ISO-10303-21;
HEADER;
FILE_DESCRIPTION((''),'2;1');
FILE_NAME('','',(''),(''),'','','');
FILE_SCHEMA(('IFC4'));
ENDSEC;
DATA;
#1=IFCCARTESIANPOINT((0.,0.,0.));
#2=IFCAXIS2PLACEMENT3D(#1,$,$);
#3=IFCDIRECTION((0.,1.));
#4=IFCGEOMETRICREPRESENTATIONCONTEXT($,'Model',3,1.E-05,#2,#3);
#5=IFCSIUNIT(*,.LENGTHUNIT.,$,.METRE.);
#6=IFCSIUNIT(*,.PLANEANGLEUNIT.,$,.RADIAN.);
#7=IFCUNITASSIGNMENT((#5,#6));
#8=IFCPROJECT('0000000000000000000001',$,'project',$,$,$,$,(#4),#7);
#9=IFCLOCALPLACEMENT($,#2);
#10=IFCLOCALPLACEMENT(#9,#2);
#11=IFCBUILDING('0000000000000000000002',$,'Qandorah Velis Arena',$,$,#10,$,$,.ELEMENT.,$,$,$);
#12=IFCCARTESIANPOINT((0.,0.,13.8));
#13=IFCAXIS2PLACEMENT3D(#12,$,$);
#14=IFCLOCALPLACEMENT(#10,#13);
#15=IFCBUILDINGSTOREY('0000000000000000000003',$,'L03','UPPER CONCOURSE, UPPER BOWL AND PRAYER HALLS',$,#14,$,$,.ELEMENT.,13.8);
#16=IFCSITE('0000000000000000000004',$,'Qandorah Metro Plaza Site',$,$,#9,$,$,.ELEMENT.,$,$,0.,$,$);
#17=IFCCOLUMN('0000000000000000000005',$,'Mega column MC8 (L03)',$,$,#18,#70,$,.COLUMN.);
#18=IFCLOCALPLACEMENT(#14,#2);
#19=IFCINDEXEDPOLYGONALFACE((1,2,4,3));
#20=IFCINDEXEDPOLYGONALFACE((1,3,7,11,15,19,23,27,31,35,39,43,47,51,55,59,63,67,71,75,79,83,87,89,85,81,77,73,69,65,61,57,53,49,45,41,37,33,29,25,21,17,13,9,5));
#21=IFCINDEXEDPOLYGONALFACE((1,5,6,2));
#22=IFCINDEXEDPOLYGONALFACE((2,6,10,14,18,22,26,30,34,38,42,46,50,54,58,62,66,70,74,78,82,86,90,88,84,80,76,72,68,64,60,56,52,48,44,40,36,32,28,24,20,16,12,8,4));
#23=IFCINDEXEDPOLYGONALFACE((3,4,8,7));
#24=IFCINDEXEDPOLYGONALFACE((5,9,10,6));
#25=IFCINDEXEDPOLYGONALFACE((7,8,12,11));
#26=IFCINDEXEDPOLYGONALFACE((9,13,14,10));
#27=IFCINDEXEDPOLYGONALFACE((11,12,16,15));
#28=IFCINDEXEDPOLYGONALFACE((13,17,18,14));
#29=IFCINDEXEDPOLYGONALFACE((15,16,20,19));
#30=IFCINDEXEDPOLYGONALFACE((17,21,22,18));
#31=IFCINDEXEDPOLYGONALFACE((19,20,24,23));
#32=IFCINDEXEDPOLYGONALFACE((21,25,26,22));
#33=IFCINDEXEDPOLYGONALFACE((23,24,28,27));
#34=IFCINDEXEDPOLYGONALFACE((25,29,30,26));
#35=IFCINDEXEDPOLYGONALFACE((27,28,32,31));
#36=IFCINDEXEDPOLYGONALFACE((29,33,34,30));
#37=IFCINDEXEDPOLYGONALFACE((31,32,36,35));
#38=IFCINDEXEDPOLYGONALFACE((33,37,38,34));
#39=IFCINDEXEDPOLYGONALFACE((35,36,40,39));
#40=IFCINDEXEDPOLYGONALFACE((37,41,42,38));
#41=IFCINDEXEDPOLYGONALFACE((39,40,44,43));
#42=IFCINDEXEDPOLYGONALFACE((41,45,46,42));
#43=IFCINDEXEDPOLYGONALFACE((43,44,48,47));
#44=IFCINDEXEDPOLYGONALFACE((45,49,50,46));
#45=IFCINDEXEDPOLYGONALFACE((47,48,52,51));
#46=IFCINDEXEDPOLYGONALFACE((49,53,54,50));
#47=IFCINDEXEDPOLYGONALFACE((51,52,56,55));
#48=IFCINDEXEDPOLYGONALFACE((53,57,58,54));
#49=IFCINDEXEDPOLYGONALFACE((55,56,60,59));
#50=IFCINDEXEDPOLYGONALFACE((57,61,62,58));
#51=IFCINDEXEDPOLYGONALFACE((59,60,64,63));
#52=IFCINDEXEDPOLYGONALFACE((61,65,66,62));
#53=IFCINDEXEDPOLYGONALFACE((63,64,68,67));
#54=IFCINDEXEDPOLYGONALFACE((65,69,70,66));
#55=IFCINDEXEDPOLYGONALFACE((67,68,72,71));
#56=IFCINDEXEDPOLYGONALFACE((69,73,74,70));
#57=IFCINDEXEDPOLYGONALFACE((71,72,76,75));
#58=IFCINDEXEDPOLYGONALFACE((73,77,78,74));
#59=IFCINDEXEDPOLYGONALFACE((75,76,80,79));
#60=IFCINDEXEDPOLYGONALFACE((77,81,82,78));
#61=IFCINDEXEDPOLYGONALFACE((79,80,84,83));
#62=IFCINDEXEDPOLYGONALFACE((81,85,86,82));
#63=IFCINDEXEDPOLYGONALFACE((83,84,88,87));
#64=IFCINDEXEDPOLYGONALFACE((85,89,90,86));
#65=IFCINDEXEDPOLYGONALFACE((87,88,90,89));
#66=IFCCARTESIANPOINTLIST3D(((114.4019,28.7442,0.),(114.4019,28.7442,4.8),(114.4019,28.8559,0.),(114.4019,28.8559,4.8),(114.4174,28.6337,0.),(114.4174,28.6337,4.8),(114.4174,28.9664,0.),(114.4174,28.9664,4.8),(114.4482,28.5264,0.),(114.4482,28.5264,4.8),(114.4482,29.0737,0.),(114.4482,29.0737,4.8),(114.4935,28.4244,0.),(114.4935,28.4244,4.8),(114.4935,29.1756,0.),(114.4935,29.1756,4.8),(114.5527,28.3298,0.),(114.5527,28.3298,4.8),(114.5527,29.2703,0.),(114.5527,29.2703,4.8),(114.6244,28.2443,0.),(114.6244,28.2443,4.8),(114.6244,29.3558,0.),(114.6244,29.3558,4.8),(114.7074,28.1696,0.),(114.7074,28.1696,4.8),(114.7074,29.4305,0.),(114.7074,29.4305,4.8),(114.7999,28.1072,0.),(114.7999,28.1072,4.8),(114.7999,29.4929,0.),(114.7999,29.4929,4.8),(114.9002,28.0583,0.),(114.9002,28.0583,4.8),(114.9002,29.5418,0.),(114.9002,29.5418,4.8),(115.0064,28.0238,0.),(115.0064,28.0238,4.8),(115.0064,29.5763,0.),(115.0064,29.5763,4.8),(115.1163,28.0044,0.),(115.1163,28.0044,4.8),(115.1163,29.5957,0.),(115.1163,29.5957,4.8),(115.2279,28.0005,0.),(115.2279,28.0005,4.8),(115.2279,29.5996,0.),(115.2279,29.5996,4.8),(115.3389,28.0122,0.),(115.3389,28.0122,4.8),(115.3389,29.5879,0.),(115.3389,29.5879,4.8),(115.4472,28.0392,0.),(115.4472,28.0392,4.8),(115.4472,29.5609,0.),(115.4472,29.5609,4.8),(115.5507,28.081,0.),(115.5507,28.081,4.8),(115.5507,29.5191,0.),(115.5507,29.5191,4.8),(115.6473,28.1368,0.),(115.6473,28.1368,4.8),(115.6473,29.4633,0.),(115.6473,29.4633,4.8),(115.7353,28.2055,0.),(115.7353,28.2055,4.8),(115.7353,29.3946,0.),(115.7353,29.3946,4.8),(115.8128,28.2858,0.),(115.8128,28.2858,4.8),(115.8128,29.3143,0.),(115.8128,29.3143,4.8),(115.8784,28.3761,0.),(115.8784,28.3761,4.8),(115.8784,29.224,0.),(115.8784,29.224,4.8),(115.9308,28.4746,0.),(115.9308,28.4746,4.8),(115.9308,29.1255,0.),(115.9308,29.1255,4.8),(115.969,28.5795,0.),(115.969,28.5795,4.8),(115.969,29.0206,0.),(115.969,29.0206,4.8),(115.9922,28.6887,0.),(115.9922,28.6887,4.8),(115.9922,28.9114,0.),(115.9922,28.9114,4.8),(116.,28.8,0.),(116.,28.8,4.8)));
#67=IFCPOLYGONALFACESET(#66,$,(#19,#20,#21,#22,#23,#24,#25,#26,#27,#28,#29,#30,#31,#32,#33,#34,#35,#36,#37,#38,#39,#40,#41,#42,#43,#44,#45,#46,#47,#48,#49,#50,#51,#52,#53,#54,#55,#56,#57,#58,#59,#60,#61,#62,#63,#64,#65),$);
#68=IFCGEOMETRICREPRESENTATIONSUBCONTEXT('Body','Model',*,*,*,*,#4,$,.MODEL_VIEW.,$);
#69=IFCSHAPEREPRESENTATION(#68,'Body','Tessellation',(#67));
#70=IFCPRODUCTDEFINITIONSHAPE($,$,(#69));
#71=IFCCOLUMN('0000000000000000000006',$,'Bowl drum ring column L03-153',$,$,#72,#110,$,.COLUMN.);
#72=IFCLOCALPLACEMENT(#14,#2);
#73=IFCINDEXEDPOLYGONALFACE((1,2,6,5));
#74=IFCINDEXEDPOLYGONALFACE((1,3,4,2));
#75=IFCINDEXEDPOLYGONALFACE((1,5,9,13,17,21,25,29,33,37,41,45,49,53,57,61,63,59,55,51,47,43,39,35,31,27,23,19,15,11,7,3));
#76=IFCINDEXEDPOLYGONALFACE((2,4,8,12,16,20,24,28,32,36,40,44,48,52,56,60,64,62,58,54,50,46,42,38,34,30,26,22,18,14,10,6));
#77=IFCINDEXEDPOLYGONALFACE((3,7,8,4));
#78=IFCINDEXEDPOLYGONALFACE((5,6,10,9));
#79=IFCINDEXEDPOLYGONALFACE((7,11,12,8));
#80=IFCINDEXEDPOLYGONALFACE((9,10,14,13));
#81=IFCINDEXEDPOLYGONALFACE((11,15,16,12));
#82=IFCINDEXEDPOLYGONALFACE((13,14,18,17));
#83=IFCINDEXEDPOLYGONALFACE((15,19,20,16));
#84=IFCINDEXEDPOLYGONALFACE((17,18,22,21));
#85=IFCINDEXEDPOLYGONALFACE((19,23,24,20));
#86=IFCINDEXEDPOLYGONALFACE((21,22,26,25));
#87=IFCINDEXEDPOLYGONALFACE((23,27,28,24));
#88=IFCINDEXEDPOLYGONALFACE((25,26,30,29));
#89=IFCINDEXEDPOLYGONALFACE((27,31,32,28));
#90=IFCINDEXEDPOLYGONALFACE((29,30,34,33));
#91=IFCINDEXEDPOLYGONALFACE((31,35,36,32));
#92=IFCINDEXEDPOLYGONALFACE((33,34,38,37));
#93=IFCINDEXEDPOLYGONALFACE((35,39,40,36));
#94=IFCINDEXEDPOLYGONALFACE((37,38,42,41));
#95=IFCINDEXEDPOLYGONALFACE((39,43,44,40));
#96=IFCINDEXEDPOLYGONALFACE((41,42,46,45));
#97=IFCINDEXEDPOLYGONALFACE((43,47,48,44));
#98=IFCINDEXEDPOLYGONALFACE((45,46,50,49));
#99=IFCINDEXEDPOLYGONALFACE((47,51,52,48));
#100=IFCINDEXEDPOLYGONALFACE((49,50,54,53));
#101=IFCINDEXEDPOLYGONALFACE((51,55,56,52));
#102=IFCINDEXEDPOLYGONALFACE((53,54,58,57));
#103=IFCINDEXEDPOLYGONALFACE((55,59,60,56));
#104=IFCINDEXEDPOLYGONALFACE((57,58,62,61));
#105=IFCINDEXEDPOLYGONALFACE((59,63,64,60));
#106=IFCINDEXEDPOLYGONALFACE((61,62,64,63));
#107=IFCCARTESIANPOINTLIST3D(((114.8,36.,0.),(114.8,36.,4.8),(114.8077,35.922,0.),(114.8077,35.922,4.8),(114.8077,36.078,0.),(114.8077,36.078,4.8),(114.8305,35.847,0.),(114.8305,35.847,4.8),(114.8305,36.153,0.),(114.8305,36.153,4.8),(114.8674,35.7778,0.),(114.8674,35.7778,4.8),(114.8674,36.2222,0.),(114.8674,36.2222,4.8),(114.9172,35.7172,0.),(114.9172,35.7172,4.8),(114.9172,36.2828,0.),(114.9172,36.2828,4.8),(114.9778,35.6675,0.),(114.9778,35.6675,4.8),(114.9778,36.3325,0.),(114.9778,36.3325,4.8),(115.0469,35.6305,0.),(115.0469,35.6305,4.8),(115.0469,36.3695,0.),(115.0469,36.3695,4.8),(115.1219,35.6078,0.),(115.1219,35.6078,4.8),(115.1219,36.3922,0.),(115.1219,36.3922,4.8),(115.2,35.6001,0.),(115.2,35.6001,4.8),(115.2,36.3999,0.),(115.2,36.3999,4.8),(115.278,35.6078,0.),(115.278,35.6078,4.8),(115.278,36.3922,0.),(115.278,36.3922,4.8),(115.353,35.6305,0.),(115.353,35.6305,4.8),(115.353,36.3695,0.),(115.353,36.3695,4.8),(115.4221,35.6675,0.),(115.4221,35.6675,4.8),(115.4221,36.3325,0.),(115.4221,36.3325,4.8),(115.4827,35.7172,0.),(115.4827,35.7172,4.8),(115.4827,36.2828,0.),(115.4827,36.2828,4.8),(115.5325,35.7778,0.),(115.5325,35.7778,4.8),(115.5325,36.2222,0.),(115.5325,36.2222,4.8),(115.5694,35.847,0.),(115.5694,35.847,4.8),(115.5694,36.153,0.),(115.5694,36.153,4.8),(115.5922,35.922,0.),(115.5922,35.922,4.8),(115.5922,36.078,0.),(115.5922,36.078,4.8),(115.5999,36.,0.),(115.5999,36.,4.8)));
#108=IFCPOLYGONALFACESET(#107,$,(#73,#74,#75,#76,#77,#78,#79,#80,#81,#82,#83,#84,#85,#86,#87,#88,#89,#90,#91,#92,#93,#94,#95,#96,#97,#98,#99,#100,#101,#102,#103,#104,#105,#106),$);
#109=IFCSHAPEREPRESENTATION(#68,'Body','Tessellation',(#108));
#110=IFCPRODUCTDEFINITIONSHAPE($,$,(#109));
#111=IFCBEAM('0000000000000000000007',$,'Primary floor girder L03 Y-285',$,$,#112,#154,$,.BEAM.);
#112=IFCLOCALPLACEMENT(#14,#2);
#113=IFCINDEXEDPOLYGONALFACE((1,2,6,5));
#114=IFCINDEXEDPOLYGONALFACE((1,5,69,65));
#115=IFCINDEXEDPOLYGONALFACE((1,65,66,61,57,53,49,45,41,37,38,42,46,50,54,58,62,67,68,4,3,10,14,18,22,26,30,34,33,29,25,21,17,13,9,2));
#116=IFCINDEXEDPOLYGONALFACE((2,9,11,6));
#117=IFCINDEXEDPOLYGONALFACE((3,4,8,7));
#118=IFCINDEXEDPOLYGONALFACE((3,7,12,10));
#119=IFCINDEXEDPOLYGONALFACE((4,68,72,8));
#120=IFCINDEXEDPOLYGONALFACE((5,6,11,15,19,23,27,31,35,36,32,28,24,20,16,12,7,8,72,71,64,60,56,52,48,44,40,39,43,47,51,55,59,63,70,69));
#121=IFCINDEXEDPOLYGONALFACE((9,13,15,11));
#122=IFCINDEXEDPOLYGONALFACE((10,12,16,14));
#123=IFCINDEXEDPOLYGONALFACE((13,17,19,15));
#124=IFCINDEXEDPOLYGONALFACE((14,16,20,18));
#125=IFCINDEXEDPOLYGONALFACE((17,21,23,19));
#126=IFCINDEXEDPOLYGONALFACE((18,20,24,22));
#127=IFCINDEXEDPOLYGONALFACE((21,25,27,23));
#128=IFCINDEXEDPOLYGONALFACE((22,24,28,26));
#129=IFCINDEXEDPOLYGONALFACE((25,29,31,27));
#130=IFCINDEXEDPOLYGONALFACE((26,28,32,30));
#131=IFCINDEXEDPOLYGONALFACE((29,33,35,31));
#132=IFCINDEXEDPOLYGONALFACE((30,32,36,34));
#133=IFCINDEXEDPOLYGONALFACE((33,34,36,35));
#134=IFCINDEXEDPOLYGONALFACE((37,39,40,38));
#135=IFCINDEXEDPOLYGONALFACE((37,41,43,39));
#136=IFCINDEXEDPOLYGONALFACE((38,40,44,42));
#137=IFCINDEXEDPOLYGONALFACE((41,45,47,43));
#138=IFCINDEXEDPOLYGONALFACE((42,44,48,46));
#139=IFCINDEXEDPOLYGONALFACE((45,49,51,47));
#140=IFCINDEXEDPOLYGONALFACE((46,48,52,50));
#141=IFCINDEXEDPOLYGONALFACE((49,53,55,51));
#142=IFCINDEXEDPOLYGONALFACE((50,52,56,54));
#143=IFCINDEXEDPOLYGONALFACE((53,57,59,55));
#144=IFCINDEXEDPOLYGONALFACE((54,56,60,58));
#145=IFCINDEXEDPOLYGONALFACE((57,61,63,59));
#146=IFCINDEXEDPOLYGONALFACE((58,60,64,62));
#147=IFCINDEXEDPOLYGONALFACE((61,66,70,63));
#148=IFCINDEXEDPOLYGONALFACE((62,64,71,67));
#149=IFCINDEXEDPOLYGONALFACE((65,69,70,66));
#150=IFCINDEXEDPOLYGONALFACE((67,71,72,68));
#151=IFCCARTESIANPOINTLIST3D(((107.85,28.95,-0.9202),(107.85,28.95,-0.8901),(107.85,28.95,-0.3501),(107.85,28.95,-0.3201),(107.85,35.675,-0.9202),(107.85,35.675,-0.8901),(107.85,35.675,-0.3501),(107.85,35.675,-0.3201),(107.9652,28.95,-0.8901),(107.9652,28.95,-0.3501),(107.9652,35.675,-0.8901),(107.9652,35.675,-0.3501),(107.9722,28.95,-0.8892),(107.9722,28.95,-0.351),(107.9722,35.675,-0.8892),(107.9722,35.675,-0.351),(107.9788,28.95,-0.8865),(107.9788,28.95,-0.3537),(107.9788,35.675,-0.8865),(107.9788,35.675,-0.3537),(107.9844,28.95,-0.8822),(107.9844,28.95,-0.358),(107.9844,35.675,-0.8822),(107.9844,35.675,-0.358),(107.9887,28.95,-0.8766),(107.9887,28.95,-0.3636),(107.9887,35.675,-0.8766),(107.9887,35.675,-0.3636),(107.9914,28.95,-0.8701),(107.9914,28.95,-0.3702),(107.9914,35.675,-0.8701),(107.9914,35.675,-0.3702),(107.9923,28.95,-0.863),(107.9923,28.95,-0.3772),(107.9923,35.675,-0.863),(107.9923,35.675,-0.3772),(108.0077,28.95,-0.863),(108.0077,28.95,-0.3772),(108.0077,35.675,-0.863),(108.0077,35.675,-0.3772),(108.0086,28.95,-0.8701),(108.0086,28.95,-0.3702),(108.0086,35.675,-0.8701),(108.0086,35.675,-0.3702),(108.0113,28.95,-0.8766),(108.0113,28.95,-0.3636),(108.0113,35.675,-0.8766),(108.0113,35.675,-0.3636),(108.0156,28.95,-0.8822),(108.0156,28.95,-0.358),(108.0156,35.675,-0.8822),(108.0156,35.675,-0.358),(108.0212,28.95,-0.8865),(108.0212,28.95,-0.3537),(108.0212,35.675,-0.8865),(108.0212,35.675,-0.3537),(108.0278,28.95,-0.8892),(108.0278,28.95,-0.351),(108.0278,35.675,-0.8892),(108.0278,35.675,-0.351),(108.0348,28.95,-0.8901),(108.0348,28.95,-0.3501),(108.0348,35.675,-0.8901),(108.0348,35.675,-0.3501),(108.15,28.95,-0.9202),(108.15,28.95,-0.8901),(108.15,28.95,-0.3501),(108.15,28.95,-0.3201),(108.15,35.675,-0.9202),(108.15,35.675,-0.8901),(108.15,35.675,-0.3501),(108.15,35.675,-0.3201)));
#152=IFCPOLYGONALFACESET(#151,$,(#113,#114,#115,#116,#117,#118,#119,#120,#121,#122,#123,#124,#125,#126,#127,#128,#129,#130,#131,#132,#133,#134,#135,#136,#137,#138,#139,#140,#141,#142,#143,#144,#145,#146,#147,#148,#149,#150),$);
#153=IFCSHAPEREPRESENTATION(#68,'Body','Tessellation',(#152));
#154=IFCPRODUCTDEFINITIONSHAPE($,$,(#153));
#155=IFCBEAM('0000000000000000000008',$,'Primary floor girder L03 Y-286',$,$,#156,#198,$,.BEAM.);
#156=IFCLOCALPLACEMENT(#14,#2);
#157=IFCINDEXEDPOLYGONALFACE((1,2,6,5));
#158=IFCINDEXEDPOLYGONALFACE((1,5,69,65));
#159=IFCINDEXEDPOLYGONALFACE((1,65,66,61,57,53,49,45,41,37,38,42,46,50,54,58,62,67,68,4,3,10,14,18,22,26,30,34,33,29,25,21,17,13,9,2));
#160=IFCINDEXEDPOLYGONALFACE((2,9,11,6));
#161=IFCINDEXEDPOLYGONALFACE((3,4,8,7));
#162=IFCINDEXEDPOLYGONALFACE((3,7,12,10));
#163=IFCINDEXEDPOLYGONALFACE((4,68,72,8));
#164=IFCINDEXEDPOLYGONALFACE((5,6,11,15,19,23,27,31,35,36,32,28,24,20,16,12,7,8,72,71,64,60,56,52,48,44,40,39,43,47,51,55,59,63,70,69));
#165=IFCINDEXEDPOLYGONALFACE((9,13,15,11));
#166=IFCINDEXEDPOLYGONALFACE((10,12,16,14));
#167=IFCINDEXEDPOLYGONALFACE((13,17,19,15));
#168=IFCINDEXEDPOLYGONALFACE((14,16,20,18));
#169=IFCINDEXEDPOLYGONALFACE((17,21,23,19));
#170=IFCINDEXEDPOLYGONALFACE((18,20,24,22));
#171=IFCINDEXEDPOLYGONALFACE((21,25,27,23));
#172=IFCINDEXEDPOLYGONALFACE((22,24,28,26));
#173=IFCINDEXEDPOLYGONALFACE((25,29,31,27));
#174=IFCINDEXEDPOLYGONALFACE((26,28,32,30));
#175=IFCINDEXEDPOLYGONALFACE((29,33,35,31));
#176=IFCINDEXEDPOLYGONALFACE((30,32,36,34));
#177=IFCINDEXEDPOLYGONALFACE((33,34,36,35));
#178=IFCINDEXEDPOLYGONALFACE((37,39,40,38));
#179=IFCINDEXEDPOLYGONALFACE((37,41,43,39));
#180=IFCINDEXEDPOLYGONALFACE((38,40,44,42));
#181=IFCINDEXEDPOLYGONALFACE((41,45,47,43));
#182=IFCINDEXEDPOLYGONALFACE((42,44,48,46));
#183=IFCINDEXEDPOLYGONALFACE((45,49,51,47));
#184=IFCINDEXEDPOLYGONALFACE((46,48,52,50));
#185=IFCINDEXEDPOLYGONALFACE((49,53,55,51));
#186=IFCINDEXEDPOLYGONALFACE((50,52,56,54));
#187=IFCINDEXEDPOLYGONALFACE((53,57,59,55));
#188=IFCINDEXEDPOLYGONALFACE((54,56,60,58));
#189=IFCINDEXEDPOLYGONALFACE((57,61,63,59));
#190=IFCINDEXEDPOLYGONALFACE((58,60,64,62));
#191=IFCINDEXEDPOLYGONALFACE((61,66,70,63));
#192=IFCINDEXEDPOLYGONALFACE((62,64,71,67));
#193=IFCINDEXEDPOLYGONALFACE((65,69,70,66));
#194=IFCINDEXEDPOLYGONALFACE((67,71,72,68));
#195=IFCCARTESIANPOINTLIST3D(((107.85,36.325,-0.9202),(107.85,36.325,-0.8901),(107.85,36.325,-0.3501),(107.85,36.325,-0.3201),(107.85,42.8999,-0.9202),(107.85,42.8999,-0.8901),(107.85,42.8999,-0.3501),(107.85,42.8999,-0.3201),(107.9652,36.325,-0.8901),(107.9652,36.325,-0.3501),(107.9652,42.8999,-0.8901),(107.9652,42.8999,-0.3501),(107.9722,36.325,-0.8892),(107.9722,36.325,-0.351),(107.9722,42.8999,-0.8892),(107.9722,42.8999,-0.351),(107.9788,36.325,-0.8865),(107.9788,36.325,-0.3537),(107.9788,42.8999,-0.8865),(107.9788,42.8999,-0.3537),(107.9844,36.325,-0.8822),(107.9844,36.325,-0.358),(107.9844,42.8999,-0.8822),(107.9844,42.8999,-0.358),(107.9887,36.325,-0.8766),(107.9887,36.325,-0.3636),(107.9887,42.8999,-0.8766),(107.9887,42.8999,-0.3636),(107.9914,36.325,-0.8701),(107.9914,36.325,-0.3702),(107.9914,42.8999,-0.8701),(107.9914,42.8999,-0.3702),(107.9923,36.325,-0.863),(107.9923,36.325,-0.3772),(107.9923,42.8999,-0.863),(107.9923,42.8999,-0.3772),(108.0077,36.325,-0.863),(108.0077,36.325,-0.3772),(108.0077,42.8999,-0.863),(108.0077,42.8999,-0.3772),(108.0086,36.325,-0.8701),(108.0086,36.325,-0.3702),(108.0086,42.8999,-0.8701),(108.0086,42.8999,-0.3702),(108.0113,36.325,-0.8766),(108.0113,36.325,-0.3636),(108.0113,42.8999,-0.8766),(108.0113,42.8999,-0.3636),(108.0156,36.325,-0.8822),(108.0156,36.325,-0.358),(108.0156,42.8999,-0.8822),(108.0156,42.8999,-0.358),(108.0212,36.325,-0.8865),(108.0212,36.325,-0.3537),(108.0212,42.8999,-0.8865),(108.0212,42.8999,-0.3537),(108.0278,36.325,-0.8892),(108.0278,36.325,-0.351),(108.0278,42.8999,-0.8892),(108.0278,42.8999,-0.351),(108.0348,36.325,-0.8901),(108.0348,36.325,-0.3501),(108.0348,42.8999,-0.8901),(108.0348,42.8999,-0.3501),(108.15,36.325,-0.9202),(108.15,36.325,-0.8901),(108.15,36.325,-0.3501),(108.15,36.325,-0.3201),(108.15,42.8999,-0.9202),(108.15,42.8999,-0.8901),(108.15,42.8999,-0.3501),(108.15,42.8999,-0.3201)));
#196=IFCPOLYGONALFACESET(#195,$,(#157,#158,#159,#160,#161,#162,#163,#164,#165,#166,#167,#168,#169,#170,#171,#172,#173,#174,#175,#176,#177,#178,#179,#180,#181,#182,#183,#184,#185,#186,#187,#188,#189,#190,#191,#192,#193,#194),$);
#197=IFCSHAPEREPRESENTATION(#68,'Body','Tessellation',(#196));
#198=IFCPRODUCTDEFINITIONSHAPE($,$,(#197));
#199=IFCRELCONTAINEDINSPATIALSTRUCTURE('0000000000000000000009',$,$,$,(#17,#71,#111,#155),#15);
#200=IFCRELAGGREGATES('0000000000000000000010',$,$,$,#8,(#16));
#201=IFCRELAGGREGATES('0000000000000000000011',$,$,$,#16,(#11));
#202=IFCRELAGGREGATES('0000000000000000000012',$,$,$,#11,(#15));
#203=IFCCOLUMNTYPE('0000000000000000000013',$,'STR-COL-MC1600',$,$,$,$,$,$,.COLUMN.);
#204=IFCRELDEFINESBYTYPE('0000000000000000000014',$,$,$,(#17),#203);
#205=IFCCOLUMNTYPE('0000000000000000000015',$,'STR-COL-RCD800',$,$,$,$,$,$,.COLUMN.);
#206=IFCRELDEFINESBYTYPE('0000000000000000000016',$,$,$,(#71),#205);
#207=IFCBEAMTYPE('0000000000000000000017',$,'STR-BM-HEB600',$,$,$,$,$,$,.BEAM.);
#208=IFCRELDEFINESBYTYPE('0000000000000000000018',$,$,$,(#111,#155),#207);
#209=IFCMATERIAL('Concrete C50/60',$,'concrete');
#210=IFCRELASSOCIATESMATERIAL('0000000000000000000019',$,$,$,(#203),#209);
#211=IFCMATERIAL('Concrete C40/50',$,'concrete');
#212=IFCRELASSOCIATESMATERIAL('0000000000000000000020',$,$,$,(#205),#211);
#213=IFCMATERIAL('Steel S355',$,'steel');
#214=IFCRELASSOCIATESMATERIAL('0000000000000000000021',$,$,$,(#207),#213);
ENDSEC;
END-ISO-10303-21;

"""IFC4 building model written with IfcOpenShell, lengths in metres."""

from ifc_helpers import new_model, si_unit, direction, frame, origin, origin_2d, place, context, subcontext, project, spatial, circle, i_section, extrude, material, material_profile, profile_set, type_object, element, save


model = new_model("IFC4")

# Units and contexts
model_context = context("Model", 3, precision=1e-05, world=origin(), true_north=direction((0.0, 1.0)))
body_context = subcontext(model_context, "Body", "Model", "MODEL_VIEW")
ifc_project = project(units=[si_unit("LENGTHUNIT", "METRE"), si_unit("PLANEANGLEUNIT", "RADIAN")], contexts=[model_context])

# Site, building, storey
site_placement = place(None, origin())
site = spatial("IfcSite", under=ifc_project, at=site_placement, Name="Qandorah Metro Plaza Site", CompositionType="ELEMENT", RefElevation=0.0)
building_placement = place(site_placement, origin())
building = spatial("IfcBuilding", under=site, at=building_placement, Name="Qandorah Velis Arena", CompositionType="ELEMENT")
storey_placement = place(building_placement, frame((0.0, 0.0, 13.8)))
storey = spatial("IfcBuildingStorey", under=building, at=storey_placement, Name="L03", Description="UPPER CONCOURSE, UPPER BOWL AND PRAYER HALLS", CompositionType="ELEMENT", Elevation=13.8)

# Columns
ifc_material_1 = material(Name="Concrete C50/60", Category="concrete")
ifc_material_profile_1 = material_profile(ifc_material_1, circle(Radius=0.8, at=origin_2d()), Name="MC D1600")
ifc_profile_set_1 = profile_set([ifc_material_profile_1], Name="Concrete C50/60")
column_type_1 = type_object("IfcColumnType", Name="STR-COL-MC1600", PredefinedType="COLUMN", material=ifc_profile_set_1)
column_1_placement = place(storey_placement, frame((115.2, 28.8, 0.0), z_axis=(0.0, 0.0, 1.0), x_axis=(1.0, 0.0, 0.0)))
element("IfcColumn", 1, at=column_1_placement, inside=storey, type_object=column_type_1, Name="Mega column MC8 (L03)", PredefinedType="COLUMN", context=body_context, shape_type="SweptSolid", body=[
    extrude(circle(Radius=0.8, at=origin_2d()), origin(), (0.0, 0.0, 1.0), 4.8),
])
ifc_material_2 = material(Name="Concrete C40/50", Category="concrete")
ifc_material_profile_2 = material_profile(ifc_material_2, circle(Radius=0.3999, at=origin_2d()), Name="RC D800")
ifc_profile_set_2 = profile_set([ifc_material_profile_2], Name="Concrete C40/50")
column_type_2 = type_object("IfcColumnType", Name="STR-COL-RCD800", PredefinedType="COLUMN", material=ifc_profile_set_2)
column_2_placement = place(storey_placement, frame((115.2, 36.0, 0.0), z_axis=(0.0, 0.0, 1.0), x_axis=(1.0, 0.0, 0.0)))
element("IfcColumn", 2, at=column_2_placement, inside=storey, type_object=column_type_2, Name="Bowl drum ring column L03-153", PredefinedType="COLUMN", context=body_context, shape_type="SweptSolid", body=[
    extrude(circle(Radius=0.3999, at=origin_2d()), origin(), (0.0, 0.0, 1.0), 4.8),
])

# Beams
ifc_material_3 = material(Name="Steel S355", Category="steel")
ifc_material_profile_3 = material_profile(ifc_material_3, i_section(OverallWidth=0.3, OverallDepth=0.6001, WebThickness=0.0154, FlangeThickness=0.03, FilletRadius=0.0271, at=origin_2d()), Name="HEB 600")
ifc_profile_set_3 = profile_set([ifc_material_profile_3], Name="Steel S355")
beam_type_1 = type_object("IfcBeamType", Name="STR-BM-HEB600", PredefinedType="BEAM", material=ifc_profile_set_3)
beam_1_placement = place(storey_placement, frame((108.0, 28.95, -0.6201), z_axis=(0.0, 1.0, 0.0), x_axis=(-1.0, 0.0, 0.0)))
element("IfcBeam", 3, at=beam_1_placement, inside=storey, type_object=beam_type_1, Name="Primary floor girder L03 Y-285", PredefinedType="BEAM", context=body_context, shape_type="SweptSolid", body=[
    extrude(i_section(OverallWidth=0.3, OverallDepth=0.6001, WebThickness=0.0154, FlangeThickness=0.03, FilletRadius=0.0271, at=origin_2d()), origin(), (0.0, 0.0, 1.0), 6.7251),
])
beam_2_placement = place(storey_placement, frame((108.0, 36.325, -0.6201), z_axis=(0.0, 1.0, 0.0), x_axis=(-1.0, 0.0, 0.0)))
element("IfcBeam", 4, at=beam_2_placement, inside=storey, type_object=beam_type_1, Name="Primary floor girder L03 Y-286", PredefinedType="BEAM", context=body_context, shape_type="SweptSolid", body=[
    extrude(i_section(OverallWidth=0.3, OverallDepth=0.6001, WebThickness=0.0154, FlangeThickness=0.03, FilletRadius=0.0271, at=origin_2d()), origin(), (0.0, 0.0, 1.0), 6.575),
])

save(model, "model.ifc")
